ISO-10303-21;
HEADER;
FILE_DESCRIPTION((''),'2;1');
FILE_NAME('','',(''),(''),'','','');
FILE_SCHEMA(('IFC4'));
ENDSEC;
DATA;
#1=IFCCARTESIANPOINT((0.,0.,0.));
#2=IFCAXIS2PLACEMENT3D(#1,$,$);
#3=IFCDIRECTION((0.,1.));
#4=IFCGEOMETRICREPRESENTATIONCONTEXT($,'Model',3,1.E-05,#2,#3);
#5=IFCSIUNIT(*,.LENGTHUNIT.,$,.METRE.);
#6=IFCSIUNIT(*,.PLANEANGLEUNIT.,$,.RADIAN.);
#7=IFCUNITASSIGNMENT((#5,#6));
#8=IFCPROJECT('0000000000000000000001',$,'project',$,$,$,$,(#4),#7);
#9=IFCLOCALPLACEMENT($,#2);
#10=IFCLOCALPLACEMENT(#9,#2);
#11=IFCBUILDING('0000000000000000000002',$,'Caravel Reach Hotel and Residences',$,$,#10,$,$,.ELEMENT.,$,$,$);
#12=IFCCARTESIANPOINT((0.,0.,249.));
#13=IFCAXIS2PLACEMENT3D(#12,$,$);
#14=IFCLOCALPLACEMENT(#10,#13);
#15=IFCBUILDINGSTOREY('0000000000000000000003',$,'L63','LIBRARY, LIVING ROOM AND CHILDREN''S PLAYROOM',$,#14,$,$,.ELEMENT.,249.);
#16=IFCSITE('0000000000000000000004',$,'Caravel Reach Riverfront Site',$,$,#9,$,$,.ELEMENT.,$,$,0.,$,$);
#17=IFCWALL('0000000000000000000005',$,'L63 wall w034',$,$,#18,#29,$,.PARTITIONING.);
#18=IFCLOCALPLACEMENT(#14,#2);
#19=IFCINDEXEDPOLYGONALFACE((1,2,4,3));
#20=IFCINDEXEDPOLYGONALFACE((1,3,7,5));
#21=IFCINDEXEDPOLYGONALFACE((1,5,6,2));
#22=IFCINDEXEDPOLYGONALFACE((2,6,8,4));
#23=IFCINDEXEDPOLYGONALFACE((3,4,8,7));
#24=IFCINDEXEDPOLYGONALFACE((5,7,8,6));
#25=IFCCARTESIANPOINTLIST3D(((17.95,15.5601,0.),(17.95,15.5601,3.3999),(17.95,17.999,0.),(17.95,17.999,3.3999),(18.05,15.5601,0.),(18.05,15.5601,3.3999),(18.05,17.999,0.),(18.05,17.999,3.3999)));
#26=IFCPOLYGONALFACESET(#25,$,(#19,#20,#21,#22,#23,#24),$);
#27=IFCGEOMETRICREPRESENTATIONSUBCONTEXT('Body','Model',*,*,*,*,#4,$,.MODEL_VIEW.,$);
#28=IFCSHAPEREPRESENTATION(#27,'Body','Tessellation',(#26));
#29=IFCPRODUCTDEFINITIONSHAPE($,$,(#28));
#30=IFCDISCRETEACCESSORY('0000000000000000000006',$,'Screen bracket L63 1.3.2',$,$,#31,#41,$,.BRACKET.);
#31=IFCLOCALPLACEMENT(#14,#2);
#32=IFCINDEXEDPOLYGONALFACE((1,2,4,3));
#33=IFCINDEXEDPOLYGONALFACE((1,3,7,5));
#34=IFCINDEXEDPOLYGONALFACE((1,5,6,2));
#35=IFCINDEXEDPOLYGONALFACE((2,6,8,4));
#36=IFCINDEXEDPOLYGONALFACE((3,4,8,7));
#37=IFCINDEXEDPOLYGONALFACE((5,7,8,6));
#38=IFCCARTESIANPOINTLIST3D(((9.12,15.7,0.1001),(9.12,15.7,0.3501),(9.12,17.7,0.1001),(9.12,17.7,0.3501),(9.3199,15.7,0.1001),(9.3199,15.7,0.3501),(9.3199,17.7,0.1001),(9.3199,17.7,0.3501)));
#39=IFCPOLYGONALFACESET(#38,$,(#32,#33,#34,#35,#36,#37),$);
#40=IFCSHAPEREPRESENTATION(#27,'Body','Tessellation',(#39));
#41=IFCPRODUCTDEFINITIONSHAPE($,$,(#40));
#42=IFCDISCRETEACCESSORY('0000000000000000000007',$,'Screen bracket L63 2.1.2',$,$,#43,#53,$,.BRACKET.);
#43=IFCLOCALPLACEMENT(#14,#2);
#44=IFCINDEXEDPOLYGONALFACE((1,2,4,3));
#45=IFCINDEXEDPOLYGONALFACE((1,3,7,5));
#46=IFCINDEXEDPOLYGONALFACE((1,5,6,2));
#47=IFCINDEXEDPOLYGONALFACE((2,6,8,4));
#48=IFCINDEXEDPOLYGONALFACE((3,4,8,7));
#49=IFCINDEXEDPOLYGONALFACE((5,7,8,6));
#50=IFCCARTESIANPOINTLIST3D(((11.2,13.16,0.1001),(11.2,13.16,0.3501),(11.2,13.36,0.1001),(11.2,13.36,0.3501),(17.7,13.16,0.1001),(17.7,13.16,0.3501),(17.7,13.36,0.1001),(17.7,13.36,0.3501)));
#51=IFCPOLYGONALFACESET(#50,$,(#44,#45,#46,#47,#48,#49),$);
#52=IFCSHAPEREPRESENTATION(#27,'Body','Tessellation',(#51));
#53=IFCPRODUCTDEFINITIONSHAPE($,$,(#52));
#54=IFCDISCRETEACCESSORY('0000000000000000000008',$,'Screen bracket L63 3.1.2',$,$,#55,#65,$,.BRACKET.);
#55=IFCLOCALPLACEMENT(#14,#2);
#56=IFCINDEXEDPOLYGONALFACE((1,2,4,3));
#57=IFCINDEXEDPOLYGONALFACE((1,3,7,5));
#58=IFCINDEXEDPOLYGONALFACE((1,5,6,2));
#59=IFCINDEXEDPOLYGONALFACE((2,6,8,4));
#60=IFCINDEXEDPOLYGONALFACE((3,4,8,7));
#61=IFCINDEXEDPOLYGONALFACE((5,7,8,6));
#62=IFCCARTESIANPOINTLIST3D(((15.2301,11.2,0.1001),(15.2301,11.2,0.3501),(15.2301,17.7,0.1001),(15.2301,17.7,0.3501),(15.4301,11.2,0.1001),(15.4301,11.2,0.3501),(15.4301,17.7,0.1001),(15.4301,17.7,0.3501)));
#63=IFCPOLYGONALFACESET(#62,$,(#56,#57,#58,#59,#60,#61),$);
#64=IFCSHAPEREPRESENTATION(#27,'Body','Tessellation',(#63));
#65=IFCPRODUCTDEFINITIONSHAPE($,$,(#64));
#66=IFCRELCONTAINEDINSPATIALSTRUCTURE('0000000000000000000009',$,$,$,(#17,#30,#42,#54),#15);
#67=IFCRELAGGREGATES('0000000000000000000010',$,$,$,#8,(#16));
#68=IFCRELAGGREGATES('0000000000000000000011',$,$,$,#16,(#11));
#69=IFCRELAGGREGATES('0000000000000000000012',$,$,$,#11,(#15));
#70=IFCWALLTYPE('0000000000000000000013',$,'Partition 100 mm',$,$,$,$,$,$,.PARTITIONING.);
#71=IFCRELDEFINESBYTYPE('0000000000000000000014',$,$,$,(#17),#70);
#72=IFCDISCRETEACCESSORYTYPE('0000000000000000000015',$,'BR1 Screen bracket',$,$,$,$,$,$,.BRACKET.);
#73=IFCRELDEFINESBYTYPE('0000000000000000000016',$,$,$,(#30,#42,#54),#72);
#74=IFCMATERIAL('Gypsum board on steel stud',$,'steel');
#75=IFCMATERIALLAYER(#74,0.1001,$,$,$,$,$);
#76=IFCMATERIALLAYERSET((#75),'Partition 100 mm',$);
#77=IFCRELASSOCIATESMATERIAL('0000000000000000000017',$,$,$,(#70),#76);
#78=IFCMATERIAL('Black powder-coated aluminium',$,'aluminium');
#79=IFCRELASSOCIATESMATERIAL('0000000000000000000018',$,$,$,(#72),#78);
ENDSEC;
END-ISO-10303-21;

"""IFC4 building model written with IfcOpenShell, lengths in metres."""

from ifc_helpers import new_model, si_unit, direction, frame, frame_2d, origin, origin_2d, place, context, subcontext, project, spatial, rectangle, extrude, material, layer, layer_set, type_object, element, save


model = new_model("IFC4")

# Units and contexts
model_context = context("Model", 3, precision=1e-05, world=origin(), true_north=direction((0.0, 1.0)))
body_context = subcontext(model_context, "Body", "Model", "MODEL_VIEW")
ifc_project = project(units=[si_unit("LENGTHUNIT", "METRE"), si_unit("PLANEANGLEUNIT", "RADIAN")], contexts=[model_context])

# Site, building, storey
site_placement = place(None, origin())
site = spatial("IfcSite", under=ifc_project, at=site_placement, Name="Caravel Reach Riverfront Site", CompositionType="ELEMENT", RefElevation=0.0)
building_placement = place(site_placement, origin())
building = spatial("IfcBuilding", under=site, at=building_placement, Name="Caravel Reach Hotel and Residences", CompositionType="ELEMENT")
storey_placement = place(building_placement, frame((0.0, 0.0, 249.0)))
storey = spatial("IfcBuildingStorey", under=building, at=storey_placement, Name="L63", Description="LIBRARY, LIVING ROOM AND CHILDREN'S PLAYROOM", CompositionType="ELEMENT", Elevation=249.0)

# Wall
ifc_material_1 = material(Name="Gypsum board on steel stud", Category="steel")
ifc_layer_1 = layer(ifc_material_1, 0.1001)
ifc_layer_set_1 = layer_set([ifc_layer_1], Name="Partition 100 mm")
wall_type_1 = type_object("IfcWallType", Name="Partition 100 mm", PredefinedType="PARTITIONING", material=ifc_layer_set_1)
wall_1_placement = place(storey_placement, frame((18.0, 15.5601, 0.0), z_axis=(0.0, 0.0, 1.0), x_axis=(0.0, 1.0, 0.0)))
element("IfcWall", 1, at=wall_1_placement, inside=storey, type_object=wall_type_1, Name="L63 wall w034", PredefinedType="PARTITIONING", context=body_context, shape_type="SweptSolid", body=[
    extrude(rectangle(XDim=2.439, YDim=0.1001, at=frame_2d((1.2195, 0.0))), origin(), (0.0, 0.0, 1.0), 3.3999),
])

# Discrete accessories
ifc_material_2 = material(Name="Black powder-coated aluminium", Category="aluminium")
discrete_accessory_type = type_object("IfcDiscreteAccessoryType", Name="BR1 Screen bracket", PredefinedType="BRACKET", material=ifc_material_2)
discrete_accessory_placement = place(storey_placement, frame((9.22, 16.7, 0.1001), z_axis=(0.0, 0.0, 1.0), x_axis=(0.0, -1.0, 0.0)))
element("IfcDiscreteAccessory", 2, at=discrete_accessory_placement, inside=storey, type_object=discrete_accessory_type, Name="Screen bracket L63 1.3.2", PredefinedType="BRACKET", context=body_context, shape_type="SweptSolid", body=[
    extrude(rectangle(XDim=2.0, YDim=0.2, at=origin_2d()), origin(), (0.0, 0.0, 1.0), 0.25),
])
for number, where, z_axis, x_axis, name in (
    (3, (14.45, 13.26, 0.1001), (0.0, 0.0, 1.0), (-1.0, 0.0, 0.0), "Screen bracket L63 2.1.2"),
    (4, (15.3301, 14.45, 0.1001), (0.0, 0.0, 1.0), (0.0, -1.0, 0.0), "Screen bracket L63 3.1.2"),
):
    element("IfcDiscreteAccessory", number, at=place(storey_placement, frame(where, z_axis=z_axis, x_axis=x_axis)), inside=storey, type_object=discrete_accessory_type, Name=name, PredefinedType="BRACKET", context=body_context, shape_type="SweptSolid", body=[
        extrude(rectangle(XDim=6.5, YDim=0.2, at=origin_2d()), origin(), (0.0, 0.0, 1.0), 0.25),
    ])

save(model, "model.ifc")
